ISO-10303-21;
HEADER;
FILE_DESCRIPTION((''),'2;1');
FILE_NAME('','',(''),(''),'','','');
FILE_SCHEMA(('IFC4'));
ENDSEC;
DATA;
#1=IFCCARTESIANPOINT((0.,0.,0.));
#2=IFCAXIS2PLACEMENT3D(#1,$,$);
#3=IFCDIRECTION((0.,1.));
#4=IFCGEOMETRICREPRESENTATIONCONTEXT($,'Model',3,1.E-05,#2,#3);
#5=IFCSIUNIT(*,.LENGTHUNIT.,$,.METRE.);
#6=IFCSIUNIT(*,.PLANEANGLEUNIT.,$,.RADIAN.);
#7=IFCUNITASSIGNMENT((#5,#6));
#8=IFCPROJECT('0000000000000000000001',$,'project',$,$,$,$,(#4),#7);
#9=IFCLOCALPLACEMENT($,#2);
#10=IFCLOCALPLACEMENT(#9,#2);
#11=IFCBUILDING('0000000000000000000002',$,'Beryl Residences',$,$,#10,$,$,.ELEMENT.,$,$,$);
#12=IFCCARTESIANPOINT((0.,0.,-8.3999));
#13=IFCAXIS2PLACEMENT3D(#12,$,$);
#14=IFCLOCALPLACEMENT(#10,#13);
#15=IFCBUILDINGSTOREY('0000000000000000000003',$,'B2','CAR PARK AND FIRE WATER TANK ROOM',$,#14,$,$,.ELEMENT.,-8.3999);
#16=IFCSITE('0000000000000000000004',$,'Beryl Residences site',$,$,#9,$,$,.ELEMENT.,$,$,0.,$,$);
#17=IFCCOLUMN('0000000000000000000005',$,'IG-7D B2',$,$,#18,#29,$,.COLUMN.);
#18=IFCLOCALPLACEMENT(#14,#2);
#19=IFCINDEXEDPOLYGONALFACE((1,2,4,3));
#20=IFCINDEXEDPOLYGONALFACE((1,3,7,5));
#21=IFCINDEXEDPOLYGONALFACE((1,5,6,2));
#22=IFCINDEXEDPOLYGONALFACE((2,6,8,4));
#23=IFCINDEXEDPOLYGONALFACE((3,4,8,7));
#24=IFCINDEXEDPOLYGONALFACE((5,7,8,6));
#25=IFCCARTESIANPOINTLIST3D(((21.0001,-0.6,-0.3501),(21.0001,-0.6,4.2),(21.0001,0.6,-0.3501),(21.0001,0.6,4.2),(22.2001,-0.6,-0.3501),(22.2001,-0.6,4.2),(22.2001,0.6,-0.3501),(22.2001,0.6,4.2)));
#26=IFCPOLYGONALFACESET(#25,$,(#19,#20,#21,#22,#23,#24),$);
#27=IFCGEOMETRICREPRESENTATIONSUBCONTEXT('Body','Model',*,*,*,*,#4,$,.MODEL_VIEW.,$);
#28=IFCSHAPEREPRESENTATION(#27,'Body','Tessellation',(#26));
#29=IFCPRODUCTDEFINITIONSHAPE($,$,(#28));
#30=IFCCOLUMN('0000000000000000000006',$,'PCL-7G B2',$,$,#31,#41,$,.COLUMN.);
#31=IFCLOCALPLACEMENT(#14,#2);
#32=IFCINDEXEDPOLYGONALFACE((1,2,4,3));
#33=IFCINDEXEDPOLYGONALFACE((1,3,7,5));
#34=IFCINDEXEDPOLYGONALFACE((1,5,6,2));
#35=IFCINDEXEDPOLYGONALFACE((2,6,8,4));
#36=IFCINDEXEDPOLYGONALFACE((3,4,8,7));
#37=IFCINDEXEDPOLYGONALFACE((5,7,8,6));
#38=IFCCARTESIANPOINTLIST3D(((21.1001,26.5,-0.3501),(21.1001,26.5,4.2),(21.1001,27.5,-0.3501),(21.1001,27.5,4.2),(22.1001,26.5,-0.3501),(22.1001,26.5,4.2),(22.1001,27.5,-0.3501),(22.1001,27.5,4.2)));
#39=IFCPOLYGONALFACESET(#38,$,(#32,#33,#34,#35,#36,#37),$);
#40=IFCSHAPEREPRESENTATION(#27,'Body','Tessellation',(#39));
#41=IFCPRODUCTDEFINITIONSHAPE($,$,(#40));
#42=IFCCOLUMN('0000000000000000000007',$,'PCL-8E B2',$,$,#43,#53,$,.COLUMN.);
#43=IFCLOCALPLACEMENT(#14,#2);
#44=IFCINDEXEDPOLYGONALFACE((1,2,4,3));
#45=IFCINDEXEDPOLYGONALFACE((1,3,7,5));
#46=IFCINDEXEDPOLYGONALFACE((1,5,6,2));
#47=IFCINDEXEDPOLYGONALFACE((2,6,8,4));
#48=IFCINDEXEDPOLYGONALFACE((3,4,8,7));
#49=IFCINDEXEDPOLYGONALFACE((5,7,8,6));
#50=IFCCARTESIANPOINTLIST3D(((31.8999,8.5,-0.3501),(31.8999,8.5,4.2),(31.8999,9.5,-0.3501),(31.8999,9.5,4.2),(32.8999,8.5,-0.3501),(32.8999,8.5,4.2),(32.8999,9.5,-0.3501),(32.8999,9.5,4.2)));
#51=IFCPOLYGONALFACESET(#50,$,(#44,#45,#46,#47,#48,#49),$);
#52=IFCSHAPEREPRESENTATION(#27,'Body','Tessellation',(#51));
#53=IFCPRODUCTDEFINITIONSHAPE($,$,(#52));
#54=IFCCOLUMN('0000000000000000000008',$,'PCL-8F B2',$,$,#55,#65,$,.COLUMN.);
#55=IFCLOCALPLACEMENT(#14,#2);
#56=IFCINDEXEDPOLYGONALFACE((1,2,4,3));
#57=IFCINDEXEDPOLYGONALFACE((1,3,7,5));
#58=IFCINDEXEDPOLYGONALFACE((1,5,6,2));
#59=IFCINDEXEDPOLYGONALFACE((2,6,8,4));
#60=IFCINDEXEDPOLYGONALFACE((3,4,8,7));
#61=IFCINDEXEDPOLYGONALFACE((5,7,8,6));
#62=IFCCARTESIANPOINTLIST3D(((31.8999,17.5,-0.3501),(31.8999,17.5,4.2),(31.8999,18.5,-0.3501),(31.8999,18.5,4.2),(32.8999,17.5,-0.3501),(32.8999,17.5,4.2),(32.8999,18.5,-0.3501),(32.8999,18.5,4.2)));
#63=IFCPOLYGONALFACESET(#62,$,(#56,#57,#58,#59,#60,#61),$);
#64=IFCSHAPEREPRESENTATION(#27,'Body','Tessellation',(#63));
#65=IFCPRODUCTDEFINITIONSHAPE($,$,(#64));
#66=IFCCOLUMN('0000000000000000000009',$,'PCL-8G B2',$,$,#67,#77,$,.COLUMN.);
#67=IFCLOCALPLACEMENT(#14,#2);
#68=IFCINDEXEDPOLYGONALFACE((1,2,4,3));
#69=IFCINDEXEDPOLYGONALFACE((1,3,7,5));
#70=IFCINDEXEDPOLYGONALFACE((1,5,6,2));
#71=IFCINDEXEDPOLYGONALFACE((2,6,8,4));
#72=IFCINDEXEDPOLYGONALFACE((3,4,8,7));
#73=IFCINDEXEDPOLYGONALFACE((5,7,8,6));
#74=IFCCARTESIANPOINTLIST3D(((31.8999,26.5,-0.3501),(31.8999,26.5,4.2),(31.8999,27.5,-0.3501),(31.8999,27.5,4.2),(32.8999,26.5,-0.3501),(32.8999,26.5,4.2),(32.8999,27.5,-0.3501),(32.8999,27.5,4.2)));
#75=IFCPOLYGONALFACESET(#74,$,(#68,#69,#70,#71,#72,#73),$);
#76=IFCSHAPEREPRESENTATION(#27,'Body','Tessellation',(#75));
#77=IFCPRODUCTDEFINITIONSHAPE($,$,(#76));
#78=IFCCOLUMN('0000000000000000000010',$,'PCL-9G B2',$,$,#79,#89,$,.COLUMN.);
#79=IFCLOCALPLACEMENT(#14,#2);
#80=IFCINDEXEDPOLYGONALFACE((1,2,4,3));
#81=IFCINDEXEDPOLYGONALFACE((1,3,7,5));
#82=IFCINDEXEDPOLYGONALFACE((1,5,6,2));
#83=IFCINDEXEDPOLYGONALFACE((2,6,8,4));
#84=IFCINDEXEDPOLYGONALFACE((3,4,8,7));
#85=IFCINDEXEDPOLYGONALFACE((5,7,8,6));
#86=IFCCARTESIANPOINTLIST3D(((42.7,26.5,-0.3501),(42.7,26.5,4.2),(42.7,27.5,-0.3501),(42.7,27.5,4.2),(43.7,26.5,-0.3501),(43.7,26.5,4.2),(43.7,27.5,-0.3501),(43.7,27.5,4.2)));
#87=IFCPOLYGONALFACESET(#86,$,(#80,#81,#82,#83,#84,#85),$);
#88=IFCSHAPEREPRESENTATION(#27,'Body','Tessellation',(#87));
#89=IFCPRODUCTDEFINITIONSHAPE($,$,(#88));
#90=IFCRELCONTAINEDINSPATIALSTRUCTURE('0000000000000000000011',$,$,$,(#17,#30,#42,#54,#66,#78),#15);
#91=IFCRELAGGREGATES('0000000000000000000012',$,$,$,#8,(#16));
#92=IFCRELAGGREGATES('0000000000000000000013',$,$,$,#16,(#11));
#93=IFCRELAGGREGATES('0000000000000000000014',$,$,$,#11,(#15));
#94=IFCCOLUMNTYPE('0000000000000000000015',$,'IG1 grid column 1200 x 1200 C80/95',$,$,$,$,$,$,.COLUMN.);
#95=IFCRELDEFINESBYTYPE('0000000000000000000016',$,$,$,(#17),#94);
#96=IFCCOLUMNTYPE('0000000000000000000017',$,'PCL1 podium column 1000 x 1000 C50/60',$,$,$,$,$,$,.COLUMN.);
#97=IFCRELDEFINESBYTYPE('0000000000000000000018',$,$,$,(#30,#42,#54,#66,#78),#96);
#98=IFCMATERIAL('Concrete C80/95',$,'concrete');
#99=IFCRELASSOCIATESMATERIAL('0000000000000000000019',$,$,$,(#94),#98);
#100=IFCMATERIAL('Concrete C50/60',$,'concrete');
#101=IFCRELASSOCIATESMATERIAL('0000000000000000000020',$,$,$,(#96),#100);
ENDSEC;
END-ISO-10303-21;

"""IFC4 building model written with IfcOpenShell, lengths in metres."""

from ifc_helpers import new_model, si_unit, direction, frame, origin, origin_2d, place, context, subcontext, project, spatial, rectangle, extrude, material, material_profile, profile_set, type_object, element, save


model = new_model("IFC4")

# Units and contexts
model_context = context("Model", 3, precision=1e-05, world=origin(), true_north=direction((0.0, 1.0)))
body_context = subcontext(model_context, "Body", "Model", "MODEL_VIEW")
ifc_project = project(units=[si_unit("LENGTHUNIT", "METRE"), si_unit("PLANEANGLEUNIT", "RADIAN")], contexts=[model_context])

# Site, building, storey
site_placement = place(None, origin())
site = spatial("IfcSite", under=ifc_project, at=site_placement, Name="Beryl Residences site", CompositionType="ELEMENT", RefElevation=0.0)
building_placement = place(site_placement, origin())
building = spatial("IfcBuilding", under=site, at=building_placement, Name="Beryl Residences", CompositionType="ELEMENT")
storey_placement = place(building_placement, frame((0.0, 0.0, -8.3999)))
storey = spatial("IfcBuildingStorey", under=building, at=storey_placement, Name="B2", Description="CAR PARK AND FIRE WATER TANK ROOM", CompositionType="ELEMENT", Elevation=-8.3999)

# Columns
ifc_material_1 = material(Name="Concrete C80/95", Category="concrete")
ifc_material_profile_1 = material_profile(ifc_material_1, rectangle(XDim=1.2, YDim=1.2, at=origin_2d()))
ifc_profile_set_1 = profile_set([ifc_material_profile_1], Name="Concrete C80/95")
column_type_1 = type_object("IfcColumnType", Name="IG1 grid column 1200 x 1200 C80/95", PredefinedType="COLUMN", material=ifc_profile_set_1)
column_placement = place(storey_placement, frame((21.6001, 0.0, -0.3501), z_axis=(0.0, 0.0, 1.0), x_axis=(1.0, 0.0, 0.0)))
element("IfcColumn", 1, at=column_placement, inside=storey, type_object=column_type_1, Name="IG-7D B2", PredefinedType="COLUMN", context=body_context, shape_type="SweptSolid", body=[
    extrude(rectangle(XDim=1.2, YDim=1.2, at=origin_2d()), origin(), (0.0, 0.0, 1.0), 4.55),
])
ifc_material_2 = material(Name="Concrete C50/60", Category="concrete")
ifc_material_profile_2 = material_profile(ifc_material_2, rectangle(XDim=1.0, YDim=1.0, at=origin_2d()))
ifc_profile_set_2 = profile_set([ifc_material_profile_2], Name="Concrete C50/60")
column_type_2 = type_object("IfcColumnType", Name="PCL1 podium column 1000 x 1000 C50/60", PredefinedType="COLUMN", material=ifc_profile_set_2)
for number, where, z_axis, x_axis, name in (
    (2, (21.6001, 27.0, -0.3501), (0.0, 0.0, 1.0), (1.0, 0.0, 0.0), "PCL-7G B2"),
    (3, (32.3999, 9.0, -0.3501), (0.0, 0.0, 1.0), (1.0, 0.0, 0.0), "PCL-8E B2"),
    (4, (32.3999, 18.0, -0.3501), (0.0, 0.0, 1.0), (1.0, 0.0, 0.0), "PCL-8F B2"),
    (5, (32.3999, 27.0, -0.3501), (0.0, 0.0, 1.0), (1.0, 0.0, 0.0), "PCL-8G B2"),
    (6, (43.2, 27.0, -0.3501), (0.0, 0.0, 1.0), (1.0, 0.0, 0.0), "PCL-9G B2"),
):
    element("IfcColumn", number, at=place(storey_placement, frame(where, z_axis=z_axis, x_axis=x_axis)), inside=storey, type_object=column_type_2, Name=name, PredefinedType="COLUMN", context=body_context, shape_type="SweptSolid", body=[
        extrude(rectangle(XDim=1.0, YDim=1.0, at=origin_2d()), origin(), (0.0, 0.0, 1.0), 4.55),
    ])

save(model, "model.ifc")
